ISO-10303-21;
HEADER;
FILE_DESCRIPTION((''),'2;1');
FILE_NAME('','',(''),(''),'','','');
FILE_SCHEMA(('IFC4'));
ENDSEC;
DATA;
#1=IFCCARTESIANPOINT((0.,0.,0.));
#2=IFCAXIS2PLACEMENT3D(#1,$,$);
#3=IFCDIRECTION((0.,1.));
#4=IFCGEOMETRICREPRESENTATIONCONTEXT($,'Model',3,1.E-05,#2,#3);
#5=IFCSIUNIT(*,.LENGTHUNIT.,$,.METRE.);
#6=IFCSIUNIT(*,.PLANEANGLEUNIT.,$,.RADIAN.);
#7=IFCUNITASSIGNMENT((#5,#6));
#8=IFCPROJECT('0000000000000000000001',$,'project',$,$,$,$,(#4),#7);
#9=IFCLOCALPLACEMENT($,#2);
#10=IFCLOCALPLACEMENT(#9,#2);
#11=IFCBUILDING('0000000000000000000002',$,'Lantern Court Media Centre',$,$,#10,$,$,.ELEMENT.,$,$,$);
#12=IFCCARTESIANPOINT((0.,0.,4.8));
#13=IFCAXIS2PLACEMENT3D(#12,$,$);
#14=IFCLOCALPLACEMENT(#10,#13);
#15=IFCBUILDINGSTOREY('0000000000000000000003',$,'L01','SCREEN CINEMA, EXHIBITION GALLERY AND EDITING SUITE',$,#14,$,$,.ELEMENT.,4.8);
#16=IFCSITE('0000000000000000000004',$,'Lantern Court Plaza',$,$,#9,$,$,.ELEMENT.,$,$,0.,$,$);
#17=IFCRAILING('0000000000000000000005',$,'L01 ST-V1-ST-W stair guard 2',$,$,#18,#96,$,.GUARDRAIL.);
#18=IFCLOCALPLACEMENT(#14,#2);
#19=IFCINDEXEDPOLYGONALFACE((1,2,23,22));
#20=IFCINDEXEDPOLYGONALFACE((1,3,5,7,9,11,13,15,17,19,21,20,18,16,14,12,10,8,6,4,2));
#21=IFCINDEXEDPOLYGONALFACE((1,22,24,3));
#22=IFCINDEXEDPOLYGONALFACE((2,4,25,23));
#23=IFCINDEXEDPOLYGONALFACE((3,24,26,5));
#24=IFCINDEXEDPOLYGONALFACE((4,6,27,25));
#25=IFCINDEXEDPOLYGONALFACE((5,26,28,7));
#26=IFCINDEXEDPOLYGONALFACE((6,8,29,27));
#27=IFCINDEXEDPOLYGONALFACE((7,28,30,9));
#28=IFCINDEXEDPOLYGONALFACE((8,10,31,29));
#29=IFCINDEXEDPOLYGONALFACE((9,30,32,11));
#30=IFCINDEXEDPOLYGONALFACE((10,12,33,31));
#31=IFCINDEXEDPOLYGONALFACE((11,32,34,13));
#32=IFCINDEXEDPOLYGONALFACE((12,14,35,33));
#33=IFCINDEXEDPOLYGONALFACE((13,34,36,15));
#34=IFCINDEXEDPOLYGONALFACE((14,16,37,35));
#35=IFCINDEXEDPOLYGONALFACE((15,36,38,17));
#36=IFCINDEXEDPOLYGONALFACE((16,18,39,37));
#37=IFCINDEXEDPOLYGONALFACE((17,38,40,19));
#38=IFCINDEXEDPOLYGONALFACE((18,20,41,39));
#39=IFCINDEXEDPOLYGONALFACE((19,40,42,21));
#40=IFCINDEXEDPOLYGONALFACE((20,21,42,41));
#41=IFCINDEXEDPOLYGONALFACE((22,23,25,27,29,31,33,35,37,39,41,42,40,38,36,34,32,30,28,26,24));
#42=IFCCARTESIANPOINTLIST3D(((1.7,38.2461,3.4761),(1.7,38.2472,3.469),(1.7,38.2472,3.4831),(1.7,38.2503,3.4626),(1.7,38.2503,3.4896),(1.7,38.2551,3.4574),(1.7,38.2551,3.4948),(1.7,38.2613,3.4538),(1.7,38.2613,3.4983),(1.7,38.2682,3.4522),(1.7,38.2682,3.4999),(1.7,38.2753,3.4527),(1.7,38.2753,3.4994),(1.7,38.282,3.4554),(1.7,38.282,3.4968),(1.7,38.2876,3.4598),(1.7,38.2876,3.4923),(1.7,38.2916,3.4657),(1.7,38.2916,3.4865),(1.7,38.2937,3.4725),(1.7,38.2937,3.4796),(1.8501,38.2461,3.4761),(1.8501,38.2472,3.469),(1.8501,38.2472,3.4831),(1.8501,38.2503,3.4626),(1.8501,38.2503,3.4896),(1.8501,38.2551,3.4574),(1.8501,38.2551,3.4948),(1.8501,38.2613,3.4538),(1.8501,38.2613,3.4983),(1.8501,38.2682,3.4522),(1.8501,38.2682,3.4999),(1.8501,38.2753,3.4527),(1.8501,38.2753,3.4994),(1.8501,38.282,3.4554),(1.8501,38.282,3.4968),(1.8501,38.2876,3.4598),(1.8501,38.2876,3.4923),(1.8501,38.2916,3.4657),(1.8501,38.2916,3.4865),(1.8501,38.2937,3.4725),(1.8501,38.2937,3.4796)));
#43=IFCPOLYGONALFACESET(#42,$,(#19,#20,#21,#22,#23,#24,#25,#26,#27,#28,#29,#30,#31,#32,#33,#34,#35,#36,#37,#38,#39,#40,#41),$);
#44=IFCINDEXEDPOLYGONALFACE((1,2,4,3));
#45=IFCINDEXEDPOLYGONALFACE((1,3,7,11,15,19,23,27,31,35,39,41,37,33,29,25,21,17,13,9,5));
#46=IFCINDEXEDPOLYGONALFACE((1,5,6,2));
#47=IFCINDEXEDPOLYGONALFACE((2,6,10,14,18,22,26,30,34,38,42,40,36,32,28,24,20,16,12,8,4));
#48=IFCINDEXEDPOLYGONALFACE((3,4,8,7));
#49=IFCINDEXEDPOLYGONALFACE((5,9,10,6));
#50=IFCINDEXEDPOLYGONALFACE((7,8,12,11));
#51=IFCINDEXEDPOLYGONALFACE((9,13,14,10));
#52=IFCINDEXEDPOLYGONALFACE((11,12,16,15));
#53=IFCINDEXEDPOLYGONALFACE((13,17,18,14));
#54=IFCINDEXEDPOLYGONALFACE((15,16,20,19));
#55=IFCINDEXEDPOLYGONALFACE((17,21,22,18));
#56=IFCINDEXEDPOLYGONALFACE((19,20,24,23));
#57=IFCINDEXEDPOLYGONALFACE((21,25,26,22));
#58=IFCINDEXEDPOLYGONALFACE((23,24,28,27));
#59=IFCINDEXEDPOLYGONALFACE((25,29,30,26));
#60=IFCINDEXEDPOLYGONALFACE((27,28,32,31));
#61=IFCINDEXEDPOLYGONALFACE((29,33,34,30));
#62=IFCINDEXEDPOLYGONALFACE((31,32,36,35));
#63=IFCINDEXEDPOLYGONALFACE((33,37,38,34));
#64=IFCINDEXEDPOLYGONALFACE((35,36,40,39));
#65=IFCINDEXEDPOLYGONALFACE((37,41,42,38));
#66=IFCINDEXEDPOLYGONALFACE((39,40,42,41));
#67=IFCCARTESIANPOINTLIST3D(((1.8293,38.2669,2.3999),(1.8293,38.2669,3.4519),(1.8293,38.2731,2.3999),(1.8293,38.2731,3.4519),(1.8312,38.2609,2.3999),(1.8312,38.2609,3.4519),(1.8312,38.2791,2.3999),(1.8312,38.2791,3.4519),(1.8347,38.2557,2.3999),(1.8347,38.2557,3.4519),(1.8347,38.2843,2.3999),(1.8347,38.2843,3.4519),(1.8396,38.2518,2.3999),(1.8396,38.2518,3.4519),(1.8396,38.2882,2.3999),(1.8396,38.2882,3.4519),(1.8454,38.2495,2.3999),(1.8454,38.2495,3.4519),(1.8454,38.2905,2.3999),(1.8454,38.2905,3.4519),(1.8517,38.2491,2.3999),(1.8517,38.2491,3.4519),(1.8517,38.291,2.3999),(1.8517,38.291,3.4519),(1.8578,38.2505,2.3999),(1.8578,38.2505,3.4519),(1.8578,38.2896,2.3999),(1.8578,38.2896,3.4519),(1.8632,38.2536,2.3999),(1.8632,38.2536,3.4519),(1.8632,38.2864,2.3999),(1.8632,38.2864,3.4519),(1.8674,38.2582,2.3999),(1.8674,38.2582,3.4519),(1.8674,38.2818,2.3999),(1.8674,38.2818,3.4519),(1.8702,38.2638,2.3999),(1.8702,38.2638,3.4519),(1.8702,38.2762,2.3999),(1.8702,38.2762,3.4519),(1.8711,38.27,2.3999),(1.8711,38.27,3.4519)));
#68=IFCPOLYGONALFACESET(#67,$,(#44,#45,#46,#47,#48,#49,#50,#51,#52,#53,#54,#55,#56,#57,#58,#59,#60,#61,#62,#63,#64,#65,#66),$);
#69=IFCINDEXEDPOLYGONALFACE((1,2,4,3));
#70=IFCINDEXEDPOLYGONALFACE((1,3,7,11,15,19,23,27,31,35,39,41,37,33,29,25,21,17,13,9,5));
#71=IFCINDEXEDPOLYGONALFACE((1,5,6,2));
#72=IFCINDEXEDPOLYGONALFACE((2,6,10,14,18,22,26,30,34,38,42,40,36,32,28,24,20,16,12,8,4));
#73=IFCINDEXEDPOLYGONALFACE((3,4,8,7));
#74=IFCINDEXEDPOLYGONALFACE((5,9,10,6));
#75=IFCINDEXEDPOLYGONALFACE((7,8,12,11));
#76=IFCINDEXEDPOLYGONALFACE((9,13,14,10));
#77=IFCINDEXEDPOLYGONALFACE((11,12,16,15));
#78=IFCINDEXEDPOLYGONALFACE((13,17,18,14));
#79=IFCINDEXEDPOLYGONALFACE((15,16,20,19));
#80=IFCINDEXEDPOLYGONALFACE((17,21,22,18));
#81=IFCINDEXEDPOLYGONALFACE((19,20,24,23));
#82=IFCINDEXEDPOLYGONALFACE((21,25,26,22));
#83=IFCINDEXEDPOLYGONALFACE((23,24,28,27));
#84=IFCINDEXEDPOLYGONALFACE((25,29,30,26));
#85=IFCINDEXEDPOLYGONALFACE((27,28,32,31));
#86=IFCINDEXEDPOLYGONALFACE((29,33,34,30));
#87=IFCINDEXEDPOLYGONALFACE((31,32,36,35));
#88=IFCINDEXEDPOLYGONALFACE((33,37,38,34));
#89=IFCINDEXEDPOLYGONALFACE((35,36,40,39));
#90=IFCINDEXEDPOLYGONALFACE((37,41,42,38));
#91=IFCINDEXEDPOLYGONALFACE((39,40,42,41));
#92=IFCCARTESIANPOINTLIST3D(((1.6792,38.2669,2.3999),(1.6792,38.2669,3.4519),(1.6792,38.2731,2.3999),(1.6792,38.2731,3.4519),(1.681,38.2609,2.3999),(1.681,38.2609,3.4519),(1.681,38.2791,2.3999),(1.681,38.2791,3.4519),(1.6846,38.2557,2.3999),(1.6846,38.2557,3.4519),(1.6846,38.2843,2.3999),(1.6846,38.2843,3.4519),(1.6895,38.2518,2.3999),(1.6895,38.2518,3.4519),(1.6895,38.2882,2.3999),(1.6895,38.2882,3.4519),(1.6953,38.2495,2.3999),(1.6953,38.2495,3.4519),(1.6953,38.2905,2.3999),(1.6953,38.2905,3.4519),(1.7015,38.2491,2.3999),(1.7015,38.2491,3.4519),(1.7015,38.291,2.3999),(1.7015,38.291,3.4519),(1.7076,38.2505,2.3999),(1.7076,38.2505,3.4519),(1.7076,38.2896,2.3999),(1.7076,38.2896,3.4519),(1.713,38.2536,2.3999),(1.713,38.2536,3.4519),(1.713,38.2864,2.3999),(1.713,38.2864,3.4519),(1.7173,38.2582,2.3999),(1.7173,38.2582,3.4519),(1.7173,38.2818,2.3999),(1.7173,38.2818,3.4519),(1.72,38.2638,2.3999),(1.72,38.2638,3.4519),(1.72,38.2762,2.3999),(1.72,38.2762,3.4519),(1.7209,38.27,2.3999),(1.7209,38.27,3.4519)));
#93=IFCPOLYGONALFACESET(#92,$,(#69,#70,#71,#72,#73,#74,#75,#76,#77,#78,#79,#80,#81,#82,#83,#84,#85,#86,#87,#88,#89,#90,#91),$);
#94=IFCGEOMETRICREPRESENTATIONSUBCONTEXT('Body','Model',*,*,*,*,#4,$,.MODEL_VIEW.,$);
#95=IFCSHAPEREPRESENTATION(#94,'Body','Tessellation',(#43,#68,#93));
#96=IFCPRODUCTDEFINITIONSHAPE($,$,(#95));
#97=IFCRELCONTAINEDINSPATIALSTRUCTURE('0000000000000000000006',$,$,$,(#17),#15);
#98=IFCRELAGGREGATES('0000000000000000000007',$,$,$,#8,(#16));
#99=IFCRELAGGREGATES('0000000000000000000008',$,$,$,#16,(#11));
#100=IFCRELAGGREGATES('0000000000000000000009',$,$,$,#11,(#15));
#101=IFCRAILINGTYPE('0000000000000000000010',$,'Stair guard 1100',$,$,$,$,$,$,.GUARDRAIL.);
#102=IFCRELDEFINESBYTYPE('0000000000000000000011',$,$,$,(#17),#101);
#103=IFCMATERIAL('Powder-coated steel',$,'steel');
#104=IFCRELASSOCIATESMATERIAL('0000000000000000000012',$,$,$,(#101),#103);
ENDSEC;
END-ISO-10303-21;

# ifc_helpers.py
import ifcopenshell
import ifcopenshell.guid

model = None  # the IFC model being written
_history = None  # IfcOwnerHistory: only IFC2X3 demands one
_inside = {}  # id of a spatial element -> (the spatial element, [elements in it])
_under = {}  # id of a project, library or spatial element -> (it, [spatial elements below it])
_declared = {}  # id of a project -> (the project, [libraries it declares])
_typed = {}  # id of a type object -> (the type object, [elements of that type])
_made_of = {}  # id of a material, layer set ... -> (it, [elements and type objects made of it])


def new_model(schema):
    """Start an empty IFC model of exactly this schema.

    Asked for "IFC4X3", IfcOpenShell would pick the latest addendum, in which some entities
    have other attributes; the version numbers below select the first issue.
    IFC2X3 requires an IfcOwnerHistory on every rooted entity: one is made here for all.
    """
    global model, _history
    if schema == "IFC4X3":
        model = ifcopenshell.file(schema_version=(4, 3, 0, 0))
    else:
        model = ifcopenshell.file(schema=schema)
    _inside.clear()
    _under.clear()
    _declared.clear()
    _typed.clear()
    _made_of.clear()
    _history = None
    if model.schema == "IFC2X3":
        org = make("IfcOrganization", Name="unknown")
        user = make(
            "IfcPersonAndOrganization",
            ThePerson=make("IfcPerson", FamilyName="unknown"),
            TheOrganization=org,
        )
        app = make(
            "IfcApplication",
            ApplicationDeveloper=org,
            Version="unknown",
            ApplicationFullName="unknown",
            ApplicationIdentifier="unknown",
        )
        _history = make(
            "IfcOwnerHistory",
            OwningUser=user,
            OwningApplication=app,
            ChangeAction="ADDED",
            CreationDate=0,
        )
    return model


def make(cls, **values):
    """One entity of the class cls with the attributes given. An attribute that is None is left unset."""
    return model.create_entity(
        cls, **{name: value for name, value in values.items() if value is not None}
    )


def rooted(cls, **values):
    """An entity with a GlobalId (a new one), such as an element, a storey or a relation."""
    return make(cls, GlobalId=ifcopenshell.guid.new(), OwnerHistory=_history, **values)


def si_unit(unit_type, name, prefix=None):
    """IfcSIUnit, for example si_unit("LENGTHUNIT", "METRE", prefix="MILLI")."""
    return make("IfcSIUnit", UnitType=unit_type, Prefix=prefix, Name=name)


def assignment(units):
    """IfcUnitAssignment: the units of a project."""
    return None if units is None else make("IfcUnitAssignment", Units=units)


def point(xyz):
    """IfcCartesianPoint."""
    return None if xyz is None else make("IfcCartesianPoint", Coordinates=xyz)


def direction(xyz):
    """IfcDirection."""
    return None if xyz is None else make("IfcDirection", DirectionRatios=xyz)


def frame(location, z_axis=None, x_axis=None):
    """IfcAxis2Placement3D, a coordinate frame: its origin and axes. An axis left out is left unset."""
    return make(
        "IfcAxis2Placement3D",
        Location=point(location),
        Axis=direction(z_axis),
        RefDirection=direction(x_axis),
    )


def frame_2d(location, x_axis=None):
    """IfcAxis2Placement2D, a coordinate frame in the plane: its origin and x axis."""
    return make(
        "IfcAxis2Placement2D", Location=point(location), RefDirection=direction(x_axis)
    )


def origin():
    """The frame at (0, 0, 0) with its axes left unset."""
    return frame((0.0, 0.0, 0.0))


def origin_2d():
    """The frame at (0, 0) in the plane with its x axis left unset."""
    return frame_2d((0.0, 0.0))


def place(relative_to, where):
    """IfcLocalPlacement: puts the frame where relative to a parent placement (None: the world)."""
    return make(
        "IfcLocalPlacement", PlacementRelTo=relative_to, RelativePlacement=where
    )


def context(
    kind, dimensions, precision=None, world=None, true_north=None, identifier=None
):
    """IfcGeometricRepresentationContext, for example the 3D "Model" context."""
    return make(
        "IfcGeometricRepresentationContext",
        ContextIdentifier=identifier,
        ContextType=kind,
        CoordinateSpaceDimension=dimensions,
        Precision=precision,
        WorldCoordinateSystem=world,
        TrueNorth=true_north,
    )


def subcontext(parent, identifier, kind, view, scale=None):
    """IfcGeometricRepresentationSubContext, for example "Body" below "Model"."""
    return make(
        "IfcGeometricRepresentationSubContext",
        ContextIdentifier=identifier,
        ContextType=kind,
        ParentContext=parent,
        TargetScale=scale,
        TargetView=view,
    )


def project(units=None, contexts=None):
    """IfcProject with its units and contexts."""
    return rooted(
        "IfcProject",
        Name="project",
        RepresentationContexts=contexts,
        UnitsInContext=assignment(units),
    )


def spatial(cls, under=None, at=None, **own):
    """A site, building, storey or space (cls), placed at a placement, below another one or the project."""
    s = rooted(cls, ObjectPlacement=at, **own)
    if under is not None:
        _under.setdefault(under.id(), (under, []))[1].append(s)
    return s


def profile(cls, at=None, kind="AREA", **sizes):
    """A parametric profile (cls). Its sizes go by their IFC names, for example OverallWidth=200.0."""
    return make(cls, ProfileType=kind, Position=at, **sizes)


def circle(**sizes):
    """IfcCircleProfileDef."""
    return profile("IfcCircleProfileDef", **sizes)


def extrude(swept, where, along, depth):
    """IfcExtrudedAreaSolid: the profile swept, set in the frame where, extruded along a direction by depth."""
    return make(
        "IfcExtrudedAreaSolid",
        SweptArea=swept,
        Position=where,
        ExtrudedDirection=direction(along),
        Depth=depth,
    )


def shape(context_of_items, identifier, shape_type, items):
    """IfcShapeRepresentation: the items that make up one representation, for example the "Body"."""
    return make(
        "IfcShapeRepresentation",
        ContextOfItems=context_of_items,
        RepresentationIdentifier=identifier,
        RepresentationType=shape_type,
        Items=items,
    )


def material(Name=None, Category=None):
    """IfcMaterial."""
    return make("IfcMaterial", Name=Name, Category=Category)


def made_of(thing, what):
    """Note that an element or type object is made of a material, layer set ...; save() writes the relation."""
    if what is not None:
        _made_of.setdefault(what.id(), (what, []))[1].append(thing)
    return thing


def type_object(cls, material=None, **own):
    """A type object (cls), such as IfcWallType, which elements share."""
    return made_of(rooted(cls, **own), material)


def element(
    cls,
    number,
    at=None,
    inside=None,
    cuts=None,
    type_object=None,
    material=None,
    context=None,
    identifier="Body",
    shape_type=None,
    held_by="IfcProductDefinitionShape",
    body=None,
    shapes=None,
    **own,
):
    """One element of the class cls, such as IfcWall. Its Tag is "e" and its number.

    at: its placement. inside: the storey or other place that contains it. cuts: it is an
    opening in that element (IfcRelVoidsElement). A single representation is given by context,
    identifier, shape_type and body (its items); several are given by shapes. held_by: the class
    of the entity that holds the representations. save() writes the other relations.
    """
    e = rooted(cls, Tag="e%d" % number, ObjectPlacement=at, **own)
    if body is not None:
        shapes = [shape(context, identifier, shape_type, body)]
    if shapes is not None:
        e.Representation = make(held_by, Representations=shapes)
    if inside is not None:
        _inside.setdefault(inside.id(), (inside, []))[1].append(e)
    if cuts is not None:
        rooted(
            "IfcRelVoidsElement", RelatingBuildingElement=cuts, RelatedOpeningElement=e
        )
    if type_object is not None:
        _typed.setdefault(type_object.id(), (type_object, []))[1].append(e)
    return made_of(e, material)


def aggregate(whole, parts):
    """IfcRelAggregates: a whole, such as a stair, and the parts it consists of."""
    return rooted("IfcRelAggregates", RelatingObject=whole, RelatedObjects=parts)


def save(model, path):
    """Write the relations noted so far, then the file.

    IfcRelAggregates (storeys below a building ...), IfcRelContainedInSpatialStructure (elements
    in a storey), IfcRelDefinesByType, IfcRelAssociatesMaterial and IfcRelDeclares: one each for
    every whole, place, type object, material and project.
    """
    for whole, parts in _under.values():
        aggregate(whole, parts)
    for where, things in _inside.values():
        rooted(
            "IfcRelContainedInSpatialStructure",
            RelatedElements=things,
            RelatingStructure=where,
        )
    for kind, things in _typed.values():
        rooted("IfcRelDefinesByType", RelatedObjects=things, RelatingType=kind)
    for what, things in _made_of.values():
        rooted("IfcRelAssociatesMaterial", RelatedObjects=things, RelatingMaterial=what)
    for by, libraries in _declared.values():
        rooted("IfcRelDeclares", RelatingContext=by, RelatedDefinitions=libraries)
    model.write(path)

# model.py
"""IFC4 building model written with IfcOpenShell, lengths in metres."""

from ifc_helpers import new_model, si_unit, direction, frame, origin, origin_2d, place, context, subcontext, project, spatial, circle, extrude, material, type_object, element, save


model = new_model("IFC4")

# Units and contexts
model_context = context("Model", 3, precision=1e-05, world=origin(), true_north=direction((0.0, 1.0)))
body_context = subcontext(model_context, "Body", "Model", "MODEL_VIEW")
ifc_project = project(units=[si_unit("LENGTHUNIT", "METRE"), si_unit("PLANEANGLEUNIT", "RADIAN")], contexts=[model_context])

# Site, building, storey
site_placement = place(None, origin())
site = spatial("IfcSite", under=ifc_project, at=site_placement, Name="Lantern Court Plaza", CompositionType="ELEMENT", RefElevation=0.0)
building_placement = place(site_placement, origin())
building = spatial("IfcBuilding", under=site, at=building_placement, Name="Lantern Court Media Centre", CompositionType="ELEMENT")
storey_placement = place(building_placement, frame((0.0, 0.0, 4.8)))
storey = spatial("IfcBuildingStorey", under=building, at=storey_placement, Name="L01", Description="SCREEN CINEMA, EXHIBITION GALLERY AND EDITING SUITE", CompositionType="ELEMENT", Elevation=4.8)

# Railing
ifc_material_1 = material(Name="Powder-coated steel", Category="steel")
railing_type_1 = type_object("IfcRailingType", Name="Stair guard 1100", PredefinedType="GUARDRAIL", material=ifc_material_1)
railing_1_placement = place(storey_placement, frame((1.8501, 38.27, 2.3999)))
element("IfcRailing", 1, at=railing_1_placement, inside=storey, type_object=railing_type_1, Name="L01 ST-V1-ST-W stair guard 2", PredefinedType="GUARDRAIL", context=body_context, shape_type="SweptSolid", body=[
    extrude(circle(Radius=0.0239, at=origin_2d()), frame((0.0, 0.0, 1.0762), z_axis=(-1.0, 0.0, 0.0), x_axis=(0.0, -1.0, 0.0)), (0.0, 0.0, 1.0), 0.1501),
    extrude(circle(Radius=0.021, at=origin_2d()), origin(), (0.0, 0.0, 1.0), 1.052),
    extrude(circle(Radius=0.021, at=origin_2d()), frame((-0.1501, 0.0, 0.0)), (0.0, 0.0, 1.0), 1.052),
])

save(model, "model.ifc")
